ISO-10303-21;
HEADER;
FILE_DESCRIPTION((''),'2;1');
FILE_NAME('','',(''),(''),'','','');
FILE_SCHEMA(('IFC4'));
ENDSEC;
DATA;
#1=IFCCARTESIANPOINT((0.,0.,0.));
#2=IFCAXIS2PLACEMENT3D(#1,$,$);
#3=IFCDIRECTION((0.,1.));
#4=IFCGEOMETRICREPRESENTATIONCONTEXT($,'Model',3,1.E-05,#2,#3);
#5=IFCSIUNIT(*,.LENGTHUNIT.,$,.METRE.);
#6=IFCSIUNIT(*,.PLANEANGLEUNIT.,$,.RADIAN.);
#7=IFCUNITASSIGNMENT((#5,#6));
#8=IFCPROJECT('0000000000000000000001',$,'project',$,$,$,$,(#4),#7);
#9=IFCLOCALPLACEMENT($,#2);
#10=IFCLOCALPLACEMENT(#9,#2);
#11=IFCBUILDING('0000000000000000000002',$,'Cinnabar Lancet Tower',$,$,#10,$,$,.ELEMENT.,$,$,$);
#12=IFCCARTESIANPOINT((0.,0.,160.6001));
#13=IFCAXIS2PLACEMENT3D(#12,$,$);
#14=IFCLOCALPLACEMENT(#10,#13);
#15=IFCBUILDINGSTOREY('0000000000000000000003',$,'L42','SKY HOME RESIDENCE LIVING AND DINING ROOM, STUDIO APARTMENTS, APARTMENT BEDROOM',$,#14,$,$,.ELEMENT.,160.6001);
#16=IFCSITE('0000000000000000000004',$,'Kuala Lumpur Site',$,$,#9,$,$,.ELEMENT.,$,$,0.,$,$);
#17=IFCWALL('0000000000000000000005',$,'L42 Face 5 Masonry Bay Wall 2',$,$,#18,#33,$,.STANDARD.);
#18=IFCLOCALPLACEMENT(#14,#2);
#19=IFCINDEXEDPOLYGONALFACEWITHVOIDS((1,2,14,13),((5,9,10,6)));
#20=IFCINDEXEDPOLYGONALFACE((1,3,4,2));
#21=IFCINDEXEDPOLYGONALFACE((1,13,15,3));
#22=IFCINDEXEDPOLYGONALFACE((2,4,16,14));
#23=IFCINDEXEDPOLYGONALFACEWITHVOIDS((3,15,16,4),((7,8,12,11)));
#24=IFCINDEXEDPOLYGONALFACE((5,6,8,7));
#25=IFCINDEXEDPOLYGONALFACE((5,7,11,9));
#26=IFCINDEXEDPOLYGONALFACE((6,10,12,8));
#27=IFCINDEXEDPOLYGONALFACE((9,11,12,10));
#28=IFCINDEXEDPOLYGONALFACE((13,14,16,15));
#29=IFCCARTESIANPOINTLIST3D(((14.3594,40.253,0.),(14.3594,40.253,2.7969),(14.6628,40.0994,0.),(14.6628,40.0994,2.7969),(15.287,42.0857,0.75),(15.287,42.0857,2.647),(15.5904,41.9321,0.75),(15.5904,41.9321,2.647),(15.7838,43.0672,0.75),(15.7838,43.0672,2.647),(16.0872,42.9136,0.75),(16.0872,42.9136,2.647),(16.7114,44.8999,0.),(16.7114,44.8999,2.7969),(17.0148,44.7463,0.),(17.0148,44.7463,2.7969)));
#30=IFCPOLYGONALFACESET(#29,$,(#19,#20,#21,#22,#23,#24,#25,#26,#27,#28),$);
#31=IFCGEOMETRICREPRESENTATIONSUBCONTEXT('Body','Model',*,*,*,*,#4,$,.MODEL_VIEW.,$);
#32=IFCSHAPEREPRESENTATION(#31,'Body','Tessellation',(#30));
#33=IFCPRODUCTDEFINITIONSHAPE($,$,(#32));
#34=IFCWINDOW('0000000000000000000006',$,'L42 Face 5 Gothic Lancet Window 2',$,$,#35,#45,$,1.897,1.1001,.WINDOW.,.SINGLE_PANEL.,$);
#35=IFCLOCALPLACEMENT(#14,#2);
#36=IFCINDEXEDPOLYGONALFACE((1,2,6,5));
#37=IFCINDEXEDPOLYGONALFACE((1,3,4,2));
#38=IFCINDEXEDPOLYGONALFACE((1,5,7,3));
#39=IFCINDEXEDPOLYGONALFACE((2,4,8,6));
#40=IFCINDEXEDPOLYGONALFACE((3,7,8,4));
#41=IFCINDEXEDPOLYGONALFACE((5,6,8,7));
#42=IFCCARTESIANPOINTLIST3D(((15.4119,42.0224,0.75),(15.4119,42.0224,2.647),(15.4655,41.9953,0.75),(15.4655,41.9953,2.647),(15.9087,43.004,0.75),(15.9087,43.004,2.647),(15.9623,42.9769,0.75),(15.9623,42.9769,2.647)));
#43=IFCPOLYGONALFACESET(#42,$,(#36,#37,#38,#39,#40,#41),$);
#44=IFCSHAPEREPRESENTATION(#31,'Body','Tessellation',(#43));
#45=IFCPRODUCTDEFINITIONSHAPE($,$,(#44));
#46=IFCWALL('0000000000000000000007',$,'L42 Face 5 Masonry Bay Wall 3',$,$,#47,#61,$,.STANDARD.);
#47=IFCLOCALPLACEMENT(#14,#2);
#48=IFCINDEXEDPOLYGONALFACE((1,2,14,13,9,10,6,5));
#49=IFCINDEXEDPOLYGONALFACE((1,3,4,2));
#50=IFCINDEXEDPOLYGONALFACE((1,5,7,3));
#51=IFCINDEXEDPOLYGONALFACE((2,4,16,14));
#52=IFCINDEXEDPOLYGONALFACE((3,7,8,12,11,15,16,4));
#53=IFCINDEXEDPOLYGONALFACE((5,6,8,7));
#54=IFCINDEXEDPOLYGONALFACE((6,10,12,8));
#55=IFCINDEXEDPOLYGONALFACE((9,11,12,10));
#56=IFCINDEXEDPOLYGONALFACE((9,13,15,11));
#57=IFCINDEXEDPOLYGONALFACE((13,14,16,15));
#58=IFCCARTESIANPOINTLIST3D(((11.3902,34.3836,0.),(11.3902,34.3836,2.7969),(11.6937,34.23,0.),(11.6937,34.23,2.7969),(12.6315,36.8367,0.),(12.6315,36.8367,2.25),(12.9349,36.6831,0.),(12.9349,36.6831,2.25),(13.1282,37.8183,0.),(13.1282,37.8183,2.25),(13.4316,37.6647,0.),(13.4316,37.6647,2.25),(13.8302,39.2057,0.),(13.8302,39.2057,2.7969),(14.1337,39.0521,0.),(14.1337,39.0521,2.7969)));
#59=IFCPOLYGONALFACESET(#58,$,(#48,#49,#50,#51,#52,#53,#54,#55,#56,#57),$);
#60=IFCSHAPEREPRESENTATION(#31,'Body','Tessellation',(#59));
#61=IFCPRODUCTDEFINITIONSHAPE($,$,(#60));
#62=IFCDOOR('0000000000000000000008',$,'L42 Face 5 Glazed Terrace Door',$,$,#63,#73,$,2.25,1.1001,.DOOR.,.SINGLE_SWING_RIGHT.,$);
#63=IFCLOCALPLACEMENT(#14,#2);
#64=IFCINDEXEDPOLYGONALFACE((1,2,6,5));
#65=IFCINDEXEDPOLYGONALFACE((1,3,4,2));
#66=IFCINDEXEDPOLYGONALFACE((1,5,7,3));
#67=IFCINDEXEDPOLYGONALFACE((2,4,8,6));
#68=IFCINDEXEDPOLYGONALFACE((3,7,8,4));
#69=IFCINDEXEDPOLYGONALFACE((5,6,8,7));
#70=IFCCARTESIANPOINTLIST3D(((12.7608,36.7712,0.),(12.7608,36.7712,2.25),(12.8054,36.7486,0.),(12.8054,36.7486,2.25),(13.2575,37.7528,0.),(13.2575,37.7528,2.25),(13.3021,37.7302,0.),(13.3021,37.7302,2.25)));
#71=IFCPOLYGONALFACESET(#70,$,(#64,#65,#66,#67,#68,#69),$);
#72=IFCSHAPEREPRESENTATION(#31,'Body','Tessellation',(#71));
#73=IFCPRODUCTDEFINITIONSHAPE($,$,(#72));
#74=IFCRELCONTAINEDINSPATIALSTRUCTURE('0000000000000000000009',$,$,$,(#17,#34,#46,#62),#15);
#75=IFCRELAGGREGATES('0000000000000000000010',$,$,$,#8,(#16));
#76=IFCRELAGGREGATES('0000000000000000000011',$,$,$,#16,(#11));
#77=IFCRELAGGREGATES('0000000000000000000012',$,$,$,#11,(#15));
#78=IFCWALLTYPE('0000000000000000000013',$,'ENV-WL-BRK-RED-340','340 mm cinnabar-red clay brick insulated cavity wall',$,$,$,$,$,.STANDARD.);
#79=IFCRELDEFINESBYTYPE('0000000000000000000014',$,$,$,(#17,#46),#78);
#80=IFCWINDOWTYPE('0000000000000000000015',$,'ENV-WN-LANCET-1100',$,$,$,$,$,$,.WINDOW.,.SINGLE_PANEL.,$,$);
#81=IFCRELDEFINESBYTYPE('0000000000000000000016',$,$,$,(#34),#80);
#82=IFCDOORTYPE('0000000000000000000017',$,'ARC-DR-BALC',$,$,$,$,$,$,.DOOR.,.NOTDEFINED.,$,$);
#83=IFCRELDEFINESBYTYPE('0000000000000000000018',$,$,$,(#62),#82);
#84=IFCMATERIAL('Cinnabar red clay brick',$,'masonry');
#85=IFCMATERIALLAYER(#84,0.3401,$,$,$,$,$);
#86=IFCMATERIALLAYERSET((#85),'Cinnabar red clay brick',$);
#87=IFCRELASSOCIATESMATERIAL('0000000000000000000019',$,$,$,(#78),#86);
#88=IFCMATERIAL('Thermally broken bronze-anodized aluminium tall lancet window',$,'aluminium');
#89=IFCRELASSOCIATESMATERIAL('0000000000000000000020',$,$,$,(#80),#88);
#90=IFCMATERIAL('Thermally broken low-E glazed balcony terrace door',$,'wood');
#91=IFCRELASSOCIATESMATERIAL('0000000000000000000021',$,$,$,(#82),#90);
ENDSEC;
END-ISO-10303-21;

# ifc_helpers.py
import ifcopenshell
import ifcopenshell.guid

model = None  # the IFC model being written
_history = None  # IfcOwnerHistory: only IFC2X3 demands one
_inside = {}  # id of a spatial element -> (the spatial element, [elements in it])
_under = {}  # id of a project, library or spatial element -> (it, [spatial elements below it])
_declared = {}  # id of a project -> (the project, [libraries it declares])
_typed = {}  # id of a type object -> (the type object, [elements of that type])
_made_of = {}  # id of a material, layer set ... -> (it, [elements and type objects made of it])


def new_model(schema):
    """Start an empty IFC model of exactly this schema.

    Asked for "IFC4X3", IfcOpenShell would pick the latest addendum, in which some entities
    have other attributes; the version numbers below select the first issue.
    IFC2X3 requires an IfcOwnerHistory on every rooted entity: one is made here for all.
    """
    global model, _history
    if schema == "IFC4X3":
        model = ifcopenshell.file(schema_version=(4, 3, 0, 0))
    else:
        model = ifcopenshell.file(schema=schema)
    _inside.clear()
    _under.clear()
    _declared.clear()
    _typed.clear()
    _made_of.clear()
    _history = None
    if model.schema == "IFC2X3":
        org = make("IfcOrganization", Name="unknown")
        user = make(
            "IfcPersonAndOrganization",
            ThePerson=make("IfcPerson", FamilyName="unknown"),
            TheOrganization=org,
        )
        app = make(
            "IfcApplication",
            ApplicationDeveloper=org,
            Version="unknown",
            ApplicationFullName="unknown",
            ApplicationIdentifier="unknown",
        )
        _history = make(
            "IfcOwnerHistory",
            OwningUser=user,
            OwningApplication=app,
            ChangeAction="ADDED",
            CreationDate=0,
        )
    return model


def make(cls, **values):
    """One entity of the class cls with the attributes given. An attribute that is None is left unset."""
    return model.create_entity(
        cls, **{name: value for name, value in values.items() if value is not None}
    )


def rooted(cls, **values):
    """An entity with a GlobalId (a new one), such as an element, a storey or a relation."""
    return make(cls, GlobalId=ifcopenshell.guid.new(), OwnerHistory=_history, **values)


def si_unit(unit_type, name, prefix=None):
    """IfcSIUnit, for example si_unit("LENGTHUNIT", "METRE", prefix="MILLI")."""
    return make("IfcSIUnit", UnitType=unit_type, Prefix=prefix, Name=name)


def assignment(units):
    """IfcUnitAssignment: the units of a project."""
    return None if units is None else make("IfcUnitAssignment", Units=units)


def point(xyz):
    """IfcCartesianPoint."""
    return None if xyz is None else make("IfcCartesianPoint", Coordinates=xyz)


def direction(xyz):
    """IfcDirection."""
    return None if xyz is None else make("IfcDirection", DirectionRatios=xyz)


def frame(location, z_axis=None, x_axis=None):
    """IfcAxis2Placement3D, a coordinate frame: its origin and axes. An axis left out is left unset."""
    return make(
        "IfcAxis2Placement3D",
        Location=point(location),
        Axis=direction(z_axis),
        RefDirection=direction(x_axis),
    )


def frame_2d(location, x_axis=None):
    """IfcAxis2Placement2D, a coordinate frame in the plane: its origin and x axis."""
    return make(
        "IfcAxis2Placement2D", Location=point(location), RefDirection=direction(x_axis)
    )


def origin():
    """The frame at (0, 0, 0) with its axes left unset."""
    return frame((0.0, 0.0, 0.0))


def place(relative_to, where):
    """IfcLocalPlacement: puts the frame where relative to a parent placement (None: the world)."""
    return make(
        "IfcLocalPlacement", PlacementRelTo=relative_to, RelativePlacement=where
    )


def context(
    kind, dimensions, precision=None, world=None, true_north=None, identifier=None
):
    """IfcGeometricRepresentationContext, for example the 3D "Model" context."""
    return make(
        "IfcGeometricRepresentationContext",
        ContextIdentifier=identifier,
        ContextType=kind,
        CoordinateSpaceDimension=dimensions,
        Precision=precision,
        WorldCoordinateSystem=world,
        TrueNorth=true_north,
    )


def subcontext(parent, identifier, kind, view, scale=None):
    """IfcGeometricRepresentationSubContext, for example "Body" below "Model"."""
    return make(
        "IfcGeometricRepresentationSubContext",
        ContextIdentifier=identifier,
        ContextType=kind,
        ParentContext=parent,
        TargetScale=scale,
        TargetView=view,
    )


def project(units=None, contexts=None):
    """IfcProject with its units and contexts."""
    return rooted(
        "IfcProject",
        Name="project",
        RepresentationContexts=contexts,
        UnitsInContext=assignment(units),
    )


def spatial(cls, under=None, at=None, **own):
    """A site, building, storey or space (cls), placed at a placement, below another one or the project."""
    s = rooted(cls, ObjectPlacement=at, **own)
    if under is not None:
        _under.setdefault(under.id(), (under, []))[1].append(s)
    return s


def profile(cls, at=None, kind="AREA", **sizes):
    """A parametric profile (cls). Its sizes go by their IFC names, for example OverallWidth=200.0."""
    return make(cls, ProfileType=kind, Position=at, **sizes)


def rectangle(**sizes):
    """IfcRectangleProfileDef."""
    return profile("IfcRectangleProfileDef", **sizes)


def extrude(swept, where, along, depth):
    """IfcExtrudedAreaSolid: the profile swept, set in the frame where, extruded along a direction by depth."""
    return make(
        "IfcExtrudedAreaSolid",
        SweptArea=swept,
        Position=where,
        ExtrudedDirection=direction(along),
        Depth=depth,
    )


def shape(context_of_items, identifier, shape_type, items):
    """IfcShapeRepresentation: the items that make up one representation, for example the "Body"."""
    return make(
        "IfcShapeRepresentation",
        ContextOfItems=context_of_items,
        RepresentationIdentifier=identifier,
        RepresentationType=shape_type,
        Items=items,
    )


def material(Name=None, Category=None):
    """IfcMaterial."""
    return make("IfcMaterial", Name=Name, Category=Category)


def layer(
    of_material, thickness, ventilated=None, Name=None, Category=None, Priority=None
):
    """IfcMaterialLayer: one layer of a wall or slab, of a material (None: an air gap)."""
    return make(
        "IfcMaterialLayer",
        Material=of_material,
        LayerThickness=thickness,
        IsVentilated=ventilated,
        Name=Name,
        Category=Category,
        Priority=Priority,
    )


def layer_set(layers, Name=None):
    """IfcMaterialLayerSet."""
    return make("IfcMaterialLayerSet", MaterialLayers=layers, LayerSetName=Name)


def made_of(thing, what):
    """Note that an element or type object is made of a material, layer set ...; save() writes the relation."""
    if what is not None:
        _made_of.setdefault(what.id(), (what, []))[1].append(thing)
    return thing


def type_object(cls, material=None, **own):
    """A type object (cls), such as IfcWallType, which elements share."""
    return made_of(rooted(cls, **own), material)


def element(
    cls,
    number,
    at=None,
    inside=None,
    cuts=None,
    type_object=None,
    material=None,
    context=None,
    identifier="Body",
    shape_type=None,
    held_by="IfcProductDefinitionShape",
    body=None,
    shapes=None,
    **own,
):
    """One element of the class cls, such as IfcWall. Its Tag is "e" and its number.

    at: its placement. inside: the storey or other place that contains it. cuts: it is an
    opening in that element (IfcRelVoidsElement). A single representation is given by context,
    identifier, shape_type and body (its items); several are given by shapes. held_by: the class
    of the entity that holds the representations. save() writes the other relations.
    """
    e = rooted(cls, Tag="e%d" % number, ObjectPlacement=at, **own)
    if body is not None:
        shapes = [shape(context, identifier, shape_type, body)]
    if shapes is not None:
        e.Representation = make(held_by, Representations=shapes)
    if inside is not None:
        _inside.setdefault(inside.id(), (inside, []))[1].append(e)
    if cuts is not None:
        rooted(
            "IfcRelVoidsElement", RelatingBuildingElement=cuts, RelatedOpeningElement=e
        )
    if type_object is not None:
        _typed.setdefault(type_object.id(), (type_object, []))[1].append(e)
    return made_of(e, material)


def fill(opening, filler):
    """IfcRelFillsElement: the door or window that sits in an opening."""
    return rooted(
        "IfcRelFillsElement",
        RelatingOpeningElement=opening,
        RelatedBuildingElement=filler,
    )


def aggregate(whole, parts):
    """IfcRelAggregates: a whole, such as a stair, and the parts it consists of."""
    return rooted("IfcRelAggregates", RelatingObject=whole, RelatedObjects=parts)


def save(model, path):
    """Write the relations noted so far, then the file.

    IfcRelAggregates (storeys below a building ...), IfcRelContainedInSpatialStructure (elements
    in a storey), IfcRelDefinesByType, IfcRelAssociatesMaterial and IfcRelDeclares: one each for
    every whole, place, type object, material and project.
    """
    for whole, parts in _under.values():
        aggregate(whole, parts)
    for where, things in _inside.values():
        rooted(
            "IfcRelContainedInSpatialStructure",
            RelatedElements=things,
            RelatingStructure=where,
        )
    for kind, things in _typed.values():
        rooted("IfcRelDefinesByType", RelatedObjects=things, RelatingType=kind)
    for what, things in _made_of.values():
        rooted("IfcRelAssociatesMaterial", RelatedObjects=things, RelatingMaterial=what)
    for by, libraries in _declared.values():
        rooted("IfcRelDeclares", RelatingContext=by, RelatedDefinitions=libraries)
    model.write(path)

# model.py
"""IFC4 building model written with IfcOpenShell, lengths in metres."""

from ifc_helpers import new_model, si_unit, direction, frame, frame_2d, origin, place, context, subcontext, project, spatial, rectangle, extrude, material, layer, layer_set, type_object, element, fill, save


model = new_model("IFC4")

# Units and contexts
model_context = context("Model", 3, precision=1e-05, world=origin(), true_north=direction((0.0, 1.0)))
body_context = subcontext(model_context, "Body", "Model", "MODEL_VIEW")
ifc_project = project(units=[si_unit("LENGTHUNIT", "METRE"), si_unit("PLANEANGLEUNIT", "RADIAN")], contexts=[model_context])

# Site, building, storey
site_placement = place(None, origin())
site = spatial("IfcSite", under=ifc_project, at=site_placement, Name="Kuala Lumpur Site", CompositionType="ELEMENT", RefElevation=0.0)
building_placement = place(site_placement, origin())
building = spatial("IfcBuilding", under=site, at=building_placement, Name="Cinnabar Lancet Tower", CompositionType="ELEMENT")
storey_placement = place(building_placement, frame((0.0, 0.0, 160.6001)))
storey = spatial("IfcBuildingStorey", under=building, at=storey_placement, Name="L42", Description="SKY HOME RESIDENCE LIVING AND DINING ROOM, STUDIO APARTMENTS, APARTMENT BEDROOM", CompositionType="ELEMENT", Elevation=160.6001)

# Shared definitions
ifc_material_1 = material(Name="Cinnabar red clay brick", Category="masonry")
ifc_layer_1 = layer(ifc_material_1, 0.3401)
ifc_layer_set_1 = layer_set([ifc_layer_1], Name="Cinnabar red clay brick")
wall_type_1 = type_object("IfcWallType", Name="ENV-WL-BRK-RED-340", Description="340 mm cinnabar-red clay brick insulated cavity wall", PredefinedType="STANDARD", material=ifc_layer_set_1)

# Wall, opening, window
wall_1_placement = place(storey_placement, frame((16.863, 44.823, 0.0), z_axis=(0.0, 0.0, 1.0), x_axis=(-0.451596, -0.892223, 0.0)))
wall_1 = element("IfcWall", 1, at=wall_1_placement, inside=storey, type_object=wall_type_1, Name="L42 Face 5 Masonry Bay Wall 2", PredefinedType="STANDARD", context=body_context, shape_type="SweptSolid", body=[
    extrude(rectangle(XDim=5.2083, YDim=0.3401, at=frame_2d((2.604, 0.0))), origin(), (0.0, 0.0, 1.0), 2.7969),
])
opening_1_placement = place(wall_1_placement, frame((2.054, 0.0, 0.75)))
opening_1 = element("IfcOpeningElement", 2, at=opening_1_placement, cuts=wall_1, PredefinedType="OPENING", context=body_context, shape_type="SweptSolid", body=[
    extrude(rectangle(XDim=1.1001, YDim=1.897, at=frame_2d((0.55, 0.9485))), frame((0.0, 0.1799, 0.0), z_axis=(0.0, -1.0, 0.0), x_axis=(1.0, 0.0, 0.0)), (0.0, 0.0, 1.0), 0.3601),
])
ifc_material_2 = material(Name="Thermally broken bronze-anodized aluminium tall lancet window", Category="aluminium")
window_type = type_object("IfcWindowType", Name="ENV-WN-LANCET-1100", PartitioningType="SINGLE_PANEL", PredefinedType="WINDOW", material=ifc_material_2)
window_placement = place(opening_1_placement, origin())
window = element("IfcWindow", 3, at=window_placement, inside=storey, type_object=window_type, Name="L42 Face 5 Gothic Lancet Window 2", OverallHeight=1.897, OverallWidth=1.1001, PartitioningType="SINGLE_PANEL", PredefinedType="WINDOW", context=body_context, shape_type="SweptSolid", body=[
    extrude(rectangle(XDim=1.1001, YDim=1.897, at=frame_2d((0.55, 0.9485))), frame((0.0, 0.03, 0.0), z_axis=(0.0, -1.0, 0.0), x_axis=(1.0, 0.0, 0.0)), (0.0, 0.0, 1.0), 0.0601),
])
fill(opening_1, window)

# Wall, opening, door
wall_2_placement = place(storey_placement, frame((13.9819, 39.1289, 0.0), z_axis=(0.0, 0.0, 1.0), x_axis=(-0.451491, -0.892276, 0.0)))
wall_2 = element("IfcWall", 4, at=wall_2_placement, inside=storey, type_object=wall_type_1, Name="L42 Face 5 Masonry Bay Wall 3", PredefinedType="STANDARD", context=body_context, shape_type="SweptSolid", body=[
    extrude(rectangle(XDim=5.4043, YDim=0.3401, at=frame_2d((2.7021, 0.0))), origin(), (0.0, 0.0, 1.0), 2.7969),
])
opening_2_placement = place(wall_2_placement, frame((1.5549, 0.0, 0.0)))
opening_2 = element("IfcOpeningElement", 5, at=opening_2_placement, cuts=wall_2, PredefinedType="OPENING", context=body_context, shape_type="SweptSolid", body=[
    extrude(rectangle(XDim=1.1001, YDim=2.25, at=frame_2d((0.55, 1.125))), frame((0.0, 0.1799, 0.0), z_axis=(0.0, -1.0, 0.0), x_axis=(1.0, 0.0, 0.0)), (0.0, 0.0, 1.0), 0.3601),
])
ifc_material_3 = material(Name="Thermally broken low-E glazed balcony terrace door", Category="wood")
door_type_1 = type_object("IfcDoorType", Name="ARC-DR-BALC", OperationType="NOTDEFINED", PredefinedType="DOOR", material=ifc_material_3)
door_1_placement = place(opening_2_placement, origin())
door_1 = element("IfcDoor", 6, at=door_1_placement, inside=storey, type_object=door_type_1, Name="L42 Face 5 Glazed Terrace Door", OperationType="SINGLE_SWING_RIGHT", OverallHeight=2.25, OverallWidth=1.1001, PredefinedType="DOOR", context=body_context, shape_type="SweptSolid", body=[
    extrude(rectangle(XDim=1.1001, YDim=2.25, at=frame_2d((0.55, 1.125))), frame((0.0, 0.0249, 0.0), z_axis=(0.0, -1.0, 0.0), x_axis=(1.0, 0.0, 0.0)), (0.0, 0.0, 1.0), 0.05),
])
fill(opening_2, door_1)

save(model, "model.ifc")
